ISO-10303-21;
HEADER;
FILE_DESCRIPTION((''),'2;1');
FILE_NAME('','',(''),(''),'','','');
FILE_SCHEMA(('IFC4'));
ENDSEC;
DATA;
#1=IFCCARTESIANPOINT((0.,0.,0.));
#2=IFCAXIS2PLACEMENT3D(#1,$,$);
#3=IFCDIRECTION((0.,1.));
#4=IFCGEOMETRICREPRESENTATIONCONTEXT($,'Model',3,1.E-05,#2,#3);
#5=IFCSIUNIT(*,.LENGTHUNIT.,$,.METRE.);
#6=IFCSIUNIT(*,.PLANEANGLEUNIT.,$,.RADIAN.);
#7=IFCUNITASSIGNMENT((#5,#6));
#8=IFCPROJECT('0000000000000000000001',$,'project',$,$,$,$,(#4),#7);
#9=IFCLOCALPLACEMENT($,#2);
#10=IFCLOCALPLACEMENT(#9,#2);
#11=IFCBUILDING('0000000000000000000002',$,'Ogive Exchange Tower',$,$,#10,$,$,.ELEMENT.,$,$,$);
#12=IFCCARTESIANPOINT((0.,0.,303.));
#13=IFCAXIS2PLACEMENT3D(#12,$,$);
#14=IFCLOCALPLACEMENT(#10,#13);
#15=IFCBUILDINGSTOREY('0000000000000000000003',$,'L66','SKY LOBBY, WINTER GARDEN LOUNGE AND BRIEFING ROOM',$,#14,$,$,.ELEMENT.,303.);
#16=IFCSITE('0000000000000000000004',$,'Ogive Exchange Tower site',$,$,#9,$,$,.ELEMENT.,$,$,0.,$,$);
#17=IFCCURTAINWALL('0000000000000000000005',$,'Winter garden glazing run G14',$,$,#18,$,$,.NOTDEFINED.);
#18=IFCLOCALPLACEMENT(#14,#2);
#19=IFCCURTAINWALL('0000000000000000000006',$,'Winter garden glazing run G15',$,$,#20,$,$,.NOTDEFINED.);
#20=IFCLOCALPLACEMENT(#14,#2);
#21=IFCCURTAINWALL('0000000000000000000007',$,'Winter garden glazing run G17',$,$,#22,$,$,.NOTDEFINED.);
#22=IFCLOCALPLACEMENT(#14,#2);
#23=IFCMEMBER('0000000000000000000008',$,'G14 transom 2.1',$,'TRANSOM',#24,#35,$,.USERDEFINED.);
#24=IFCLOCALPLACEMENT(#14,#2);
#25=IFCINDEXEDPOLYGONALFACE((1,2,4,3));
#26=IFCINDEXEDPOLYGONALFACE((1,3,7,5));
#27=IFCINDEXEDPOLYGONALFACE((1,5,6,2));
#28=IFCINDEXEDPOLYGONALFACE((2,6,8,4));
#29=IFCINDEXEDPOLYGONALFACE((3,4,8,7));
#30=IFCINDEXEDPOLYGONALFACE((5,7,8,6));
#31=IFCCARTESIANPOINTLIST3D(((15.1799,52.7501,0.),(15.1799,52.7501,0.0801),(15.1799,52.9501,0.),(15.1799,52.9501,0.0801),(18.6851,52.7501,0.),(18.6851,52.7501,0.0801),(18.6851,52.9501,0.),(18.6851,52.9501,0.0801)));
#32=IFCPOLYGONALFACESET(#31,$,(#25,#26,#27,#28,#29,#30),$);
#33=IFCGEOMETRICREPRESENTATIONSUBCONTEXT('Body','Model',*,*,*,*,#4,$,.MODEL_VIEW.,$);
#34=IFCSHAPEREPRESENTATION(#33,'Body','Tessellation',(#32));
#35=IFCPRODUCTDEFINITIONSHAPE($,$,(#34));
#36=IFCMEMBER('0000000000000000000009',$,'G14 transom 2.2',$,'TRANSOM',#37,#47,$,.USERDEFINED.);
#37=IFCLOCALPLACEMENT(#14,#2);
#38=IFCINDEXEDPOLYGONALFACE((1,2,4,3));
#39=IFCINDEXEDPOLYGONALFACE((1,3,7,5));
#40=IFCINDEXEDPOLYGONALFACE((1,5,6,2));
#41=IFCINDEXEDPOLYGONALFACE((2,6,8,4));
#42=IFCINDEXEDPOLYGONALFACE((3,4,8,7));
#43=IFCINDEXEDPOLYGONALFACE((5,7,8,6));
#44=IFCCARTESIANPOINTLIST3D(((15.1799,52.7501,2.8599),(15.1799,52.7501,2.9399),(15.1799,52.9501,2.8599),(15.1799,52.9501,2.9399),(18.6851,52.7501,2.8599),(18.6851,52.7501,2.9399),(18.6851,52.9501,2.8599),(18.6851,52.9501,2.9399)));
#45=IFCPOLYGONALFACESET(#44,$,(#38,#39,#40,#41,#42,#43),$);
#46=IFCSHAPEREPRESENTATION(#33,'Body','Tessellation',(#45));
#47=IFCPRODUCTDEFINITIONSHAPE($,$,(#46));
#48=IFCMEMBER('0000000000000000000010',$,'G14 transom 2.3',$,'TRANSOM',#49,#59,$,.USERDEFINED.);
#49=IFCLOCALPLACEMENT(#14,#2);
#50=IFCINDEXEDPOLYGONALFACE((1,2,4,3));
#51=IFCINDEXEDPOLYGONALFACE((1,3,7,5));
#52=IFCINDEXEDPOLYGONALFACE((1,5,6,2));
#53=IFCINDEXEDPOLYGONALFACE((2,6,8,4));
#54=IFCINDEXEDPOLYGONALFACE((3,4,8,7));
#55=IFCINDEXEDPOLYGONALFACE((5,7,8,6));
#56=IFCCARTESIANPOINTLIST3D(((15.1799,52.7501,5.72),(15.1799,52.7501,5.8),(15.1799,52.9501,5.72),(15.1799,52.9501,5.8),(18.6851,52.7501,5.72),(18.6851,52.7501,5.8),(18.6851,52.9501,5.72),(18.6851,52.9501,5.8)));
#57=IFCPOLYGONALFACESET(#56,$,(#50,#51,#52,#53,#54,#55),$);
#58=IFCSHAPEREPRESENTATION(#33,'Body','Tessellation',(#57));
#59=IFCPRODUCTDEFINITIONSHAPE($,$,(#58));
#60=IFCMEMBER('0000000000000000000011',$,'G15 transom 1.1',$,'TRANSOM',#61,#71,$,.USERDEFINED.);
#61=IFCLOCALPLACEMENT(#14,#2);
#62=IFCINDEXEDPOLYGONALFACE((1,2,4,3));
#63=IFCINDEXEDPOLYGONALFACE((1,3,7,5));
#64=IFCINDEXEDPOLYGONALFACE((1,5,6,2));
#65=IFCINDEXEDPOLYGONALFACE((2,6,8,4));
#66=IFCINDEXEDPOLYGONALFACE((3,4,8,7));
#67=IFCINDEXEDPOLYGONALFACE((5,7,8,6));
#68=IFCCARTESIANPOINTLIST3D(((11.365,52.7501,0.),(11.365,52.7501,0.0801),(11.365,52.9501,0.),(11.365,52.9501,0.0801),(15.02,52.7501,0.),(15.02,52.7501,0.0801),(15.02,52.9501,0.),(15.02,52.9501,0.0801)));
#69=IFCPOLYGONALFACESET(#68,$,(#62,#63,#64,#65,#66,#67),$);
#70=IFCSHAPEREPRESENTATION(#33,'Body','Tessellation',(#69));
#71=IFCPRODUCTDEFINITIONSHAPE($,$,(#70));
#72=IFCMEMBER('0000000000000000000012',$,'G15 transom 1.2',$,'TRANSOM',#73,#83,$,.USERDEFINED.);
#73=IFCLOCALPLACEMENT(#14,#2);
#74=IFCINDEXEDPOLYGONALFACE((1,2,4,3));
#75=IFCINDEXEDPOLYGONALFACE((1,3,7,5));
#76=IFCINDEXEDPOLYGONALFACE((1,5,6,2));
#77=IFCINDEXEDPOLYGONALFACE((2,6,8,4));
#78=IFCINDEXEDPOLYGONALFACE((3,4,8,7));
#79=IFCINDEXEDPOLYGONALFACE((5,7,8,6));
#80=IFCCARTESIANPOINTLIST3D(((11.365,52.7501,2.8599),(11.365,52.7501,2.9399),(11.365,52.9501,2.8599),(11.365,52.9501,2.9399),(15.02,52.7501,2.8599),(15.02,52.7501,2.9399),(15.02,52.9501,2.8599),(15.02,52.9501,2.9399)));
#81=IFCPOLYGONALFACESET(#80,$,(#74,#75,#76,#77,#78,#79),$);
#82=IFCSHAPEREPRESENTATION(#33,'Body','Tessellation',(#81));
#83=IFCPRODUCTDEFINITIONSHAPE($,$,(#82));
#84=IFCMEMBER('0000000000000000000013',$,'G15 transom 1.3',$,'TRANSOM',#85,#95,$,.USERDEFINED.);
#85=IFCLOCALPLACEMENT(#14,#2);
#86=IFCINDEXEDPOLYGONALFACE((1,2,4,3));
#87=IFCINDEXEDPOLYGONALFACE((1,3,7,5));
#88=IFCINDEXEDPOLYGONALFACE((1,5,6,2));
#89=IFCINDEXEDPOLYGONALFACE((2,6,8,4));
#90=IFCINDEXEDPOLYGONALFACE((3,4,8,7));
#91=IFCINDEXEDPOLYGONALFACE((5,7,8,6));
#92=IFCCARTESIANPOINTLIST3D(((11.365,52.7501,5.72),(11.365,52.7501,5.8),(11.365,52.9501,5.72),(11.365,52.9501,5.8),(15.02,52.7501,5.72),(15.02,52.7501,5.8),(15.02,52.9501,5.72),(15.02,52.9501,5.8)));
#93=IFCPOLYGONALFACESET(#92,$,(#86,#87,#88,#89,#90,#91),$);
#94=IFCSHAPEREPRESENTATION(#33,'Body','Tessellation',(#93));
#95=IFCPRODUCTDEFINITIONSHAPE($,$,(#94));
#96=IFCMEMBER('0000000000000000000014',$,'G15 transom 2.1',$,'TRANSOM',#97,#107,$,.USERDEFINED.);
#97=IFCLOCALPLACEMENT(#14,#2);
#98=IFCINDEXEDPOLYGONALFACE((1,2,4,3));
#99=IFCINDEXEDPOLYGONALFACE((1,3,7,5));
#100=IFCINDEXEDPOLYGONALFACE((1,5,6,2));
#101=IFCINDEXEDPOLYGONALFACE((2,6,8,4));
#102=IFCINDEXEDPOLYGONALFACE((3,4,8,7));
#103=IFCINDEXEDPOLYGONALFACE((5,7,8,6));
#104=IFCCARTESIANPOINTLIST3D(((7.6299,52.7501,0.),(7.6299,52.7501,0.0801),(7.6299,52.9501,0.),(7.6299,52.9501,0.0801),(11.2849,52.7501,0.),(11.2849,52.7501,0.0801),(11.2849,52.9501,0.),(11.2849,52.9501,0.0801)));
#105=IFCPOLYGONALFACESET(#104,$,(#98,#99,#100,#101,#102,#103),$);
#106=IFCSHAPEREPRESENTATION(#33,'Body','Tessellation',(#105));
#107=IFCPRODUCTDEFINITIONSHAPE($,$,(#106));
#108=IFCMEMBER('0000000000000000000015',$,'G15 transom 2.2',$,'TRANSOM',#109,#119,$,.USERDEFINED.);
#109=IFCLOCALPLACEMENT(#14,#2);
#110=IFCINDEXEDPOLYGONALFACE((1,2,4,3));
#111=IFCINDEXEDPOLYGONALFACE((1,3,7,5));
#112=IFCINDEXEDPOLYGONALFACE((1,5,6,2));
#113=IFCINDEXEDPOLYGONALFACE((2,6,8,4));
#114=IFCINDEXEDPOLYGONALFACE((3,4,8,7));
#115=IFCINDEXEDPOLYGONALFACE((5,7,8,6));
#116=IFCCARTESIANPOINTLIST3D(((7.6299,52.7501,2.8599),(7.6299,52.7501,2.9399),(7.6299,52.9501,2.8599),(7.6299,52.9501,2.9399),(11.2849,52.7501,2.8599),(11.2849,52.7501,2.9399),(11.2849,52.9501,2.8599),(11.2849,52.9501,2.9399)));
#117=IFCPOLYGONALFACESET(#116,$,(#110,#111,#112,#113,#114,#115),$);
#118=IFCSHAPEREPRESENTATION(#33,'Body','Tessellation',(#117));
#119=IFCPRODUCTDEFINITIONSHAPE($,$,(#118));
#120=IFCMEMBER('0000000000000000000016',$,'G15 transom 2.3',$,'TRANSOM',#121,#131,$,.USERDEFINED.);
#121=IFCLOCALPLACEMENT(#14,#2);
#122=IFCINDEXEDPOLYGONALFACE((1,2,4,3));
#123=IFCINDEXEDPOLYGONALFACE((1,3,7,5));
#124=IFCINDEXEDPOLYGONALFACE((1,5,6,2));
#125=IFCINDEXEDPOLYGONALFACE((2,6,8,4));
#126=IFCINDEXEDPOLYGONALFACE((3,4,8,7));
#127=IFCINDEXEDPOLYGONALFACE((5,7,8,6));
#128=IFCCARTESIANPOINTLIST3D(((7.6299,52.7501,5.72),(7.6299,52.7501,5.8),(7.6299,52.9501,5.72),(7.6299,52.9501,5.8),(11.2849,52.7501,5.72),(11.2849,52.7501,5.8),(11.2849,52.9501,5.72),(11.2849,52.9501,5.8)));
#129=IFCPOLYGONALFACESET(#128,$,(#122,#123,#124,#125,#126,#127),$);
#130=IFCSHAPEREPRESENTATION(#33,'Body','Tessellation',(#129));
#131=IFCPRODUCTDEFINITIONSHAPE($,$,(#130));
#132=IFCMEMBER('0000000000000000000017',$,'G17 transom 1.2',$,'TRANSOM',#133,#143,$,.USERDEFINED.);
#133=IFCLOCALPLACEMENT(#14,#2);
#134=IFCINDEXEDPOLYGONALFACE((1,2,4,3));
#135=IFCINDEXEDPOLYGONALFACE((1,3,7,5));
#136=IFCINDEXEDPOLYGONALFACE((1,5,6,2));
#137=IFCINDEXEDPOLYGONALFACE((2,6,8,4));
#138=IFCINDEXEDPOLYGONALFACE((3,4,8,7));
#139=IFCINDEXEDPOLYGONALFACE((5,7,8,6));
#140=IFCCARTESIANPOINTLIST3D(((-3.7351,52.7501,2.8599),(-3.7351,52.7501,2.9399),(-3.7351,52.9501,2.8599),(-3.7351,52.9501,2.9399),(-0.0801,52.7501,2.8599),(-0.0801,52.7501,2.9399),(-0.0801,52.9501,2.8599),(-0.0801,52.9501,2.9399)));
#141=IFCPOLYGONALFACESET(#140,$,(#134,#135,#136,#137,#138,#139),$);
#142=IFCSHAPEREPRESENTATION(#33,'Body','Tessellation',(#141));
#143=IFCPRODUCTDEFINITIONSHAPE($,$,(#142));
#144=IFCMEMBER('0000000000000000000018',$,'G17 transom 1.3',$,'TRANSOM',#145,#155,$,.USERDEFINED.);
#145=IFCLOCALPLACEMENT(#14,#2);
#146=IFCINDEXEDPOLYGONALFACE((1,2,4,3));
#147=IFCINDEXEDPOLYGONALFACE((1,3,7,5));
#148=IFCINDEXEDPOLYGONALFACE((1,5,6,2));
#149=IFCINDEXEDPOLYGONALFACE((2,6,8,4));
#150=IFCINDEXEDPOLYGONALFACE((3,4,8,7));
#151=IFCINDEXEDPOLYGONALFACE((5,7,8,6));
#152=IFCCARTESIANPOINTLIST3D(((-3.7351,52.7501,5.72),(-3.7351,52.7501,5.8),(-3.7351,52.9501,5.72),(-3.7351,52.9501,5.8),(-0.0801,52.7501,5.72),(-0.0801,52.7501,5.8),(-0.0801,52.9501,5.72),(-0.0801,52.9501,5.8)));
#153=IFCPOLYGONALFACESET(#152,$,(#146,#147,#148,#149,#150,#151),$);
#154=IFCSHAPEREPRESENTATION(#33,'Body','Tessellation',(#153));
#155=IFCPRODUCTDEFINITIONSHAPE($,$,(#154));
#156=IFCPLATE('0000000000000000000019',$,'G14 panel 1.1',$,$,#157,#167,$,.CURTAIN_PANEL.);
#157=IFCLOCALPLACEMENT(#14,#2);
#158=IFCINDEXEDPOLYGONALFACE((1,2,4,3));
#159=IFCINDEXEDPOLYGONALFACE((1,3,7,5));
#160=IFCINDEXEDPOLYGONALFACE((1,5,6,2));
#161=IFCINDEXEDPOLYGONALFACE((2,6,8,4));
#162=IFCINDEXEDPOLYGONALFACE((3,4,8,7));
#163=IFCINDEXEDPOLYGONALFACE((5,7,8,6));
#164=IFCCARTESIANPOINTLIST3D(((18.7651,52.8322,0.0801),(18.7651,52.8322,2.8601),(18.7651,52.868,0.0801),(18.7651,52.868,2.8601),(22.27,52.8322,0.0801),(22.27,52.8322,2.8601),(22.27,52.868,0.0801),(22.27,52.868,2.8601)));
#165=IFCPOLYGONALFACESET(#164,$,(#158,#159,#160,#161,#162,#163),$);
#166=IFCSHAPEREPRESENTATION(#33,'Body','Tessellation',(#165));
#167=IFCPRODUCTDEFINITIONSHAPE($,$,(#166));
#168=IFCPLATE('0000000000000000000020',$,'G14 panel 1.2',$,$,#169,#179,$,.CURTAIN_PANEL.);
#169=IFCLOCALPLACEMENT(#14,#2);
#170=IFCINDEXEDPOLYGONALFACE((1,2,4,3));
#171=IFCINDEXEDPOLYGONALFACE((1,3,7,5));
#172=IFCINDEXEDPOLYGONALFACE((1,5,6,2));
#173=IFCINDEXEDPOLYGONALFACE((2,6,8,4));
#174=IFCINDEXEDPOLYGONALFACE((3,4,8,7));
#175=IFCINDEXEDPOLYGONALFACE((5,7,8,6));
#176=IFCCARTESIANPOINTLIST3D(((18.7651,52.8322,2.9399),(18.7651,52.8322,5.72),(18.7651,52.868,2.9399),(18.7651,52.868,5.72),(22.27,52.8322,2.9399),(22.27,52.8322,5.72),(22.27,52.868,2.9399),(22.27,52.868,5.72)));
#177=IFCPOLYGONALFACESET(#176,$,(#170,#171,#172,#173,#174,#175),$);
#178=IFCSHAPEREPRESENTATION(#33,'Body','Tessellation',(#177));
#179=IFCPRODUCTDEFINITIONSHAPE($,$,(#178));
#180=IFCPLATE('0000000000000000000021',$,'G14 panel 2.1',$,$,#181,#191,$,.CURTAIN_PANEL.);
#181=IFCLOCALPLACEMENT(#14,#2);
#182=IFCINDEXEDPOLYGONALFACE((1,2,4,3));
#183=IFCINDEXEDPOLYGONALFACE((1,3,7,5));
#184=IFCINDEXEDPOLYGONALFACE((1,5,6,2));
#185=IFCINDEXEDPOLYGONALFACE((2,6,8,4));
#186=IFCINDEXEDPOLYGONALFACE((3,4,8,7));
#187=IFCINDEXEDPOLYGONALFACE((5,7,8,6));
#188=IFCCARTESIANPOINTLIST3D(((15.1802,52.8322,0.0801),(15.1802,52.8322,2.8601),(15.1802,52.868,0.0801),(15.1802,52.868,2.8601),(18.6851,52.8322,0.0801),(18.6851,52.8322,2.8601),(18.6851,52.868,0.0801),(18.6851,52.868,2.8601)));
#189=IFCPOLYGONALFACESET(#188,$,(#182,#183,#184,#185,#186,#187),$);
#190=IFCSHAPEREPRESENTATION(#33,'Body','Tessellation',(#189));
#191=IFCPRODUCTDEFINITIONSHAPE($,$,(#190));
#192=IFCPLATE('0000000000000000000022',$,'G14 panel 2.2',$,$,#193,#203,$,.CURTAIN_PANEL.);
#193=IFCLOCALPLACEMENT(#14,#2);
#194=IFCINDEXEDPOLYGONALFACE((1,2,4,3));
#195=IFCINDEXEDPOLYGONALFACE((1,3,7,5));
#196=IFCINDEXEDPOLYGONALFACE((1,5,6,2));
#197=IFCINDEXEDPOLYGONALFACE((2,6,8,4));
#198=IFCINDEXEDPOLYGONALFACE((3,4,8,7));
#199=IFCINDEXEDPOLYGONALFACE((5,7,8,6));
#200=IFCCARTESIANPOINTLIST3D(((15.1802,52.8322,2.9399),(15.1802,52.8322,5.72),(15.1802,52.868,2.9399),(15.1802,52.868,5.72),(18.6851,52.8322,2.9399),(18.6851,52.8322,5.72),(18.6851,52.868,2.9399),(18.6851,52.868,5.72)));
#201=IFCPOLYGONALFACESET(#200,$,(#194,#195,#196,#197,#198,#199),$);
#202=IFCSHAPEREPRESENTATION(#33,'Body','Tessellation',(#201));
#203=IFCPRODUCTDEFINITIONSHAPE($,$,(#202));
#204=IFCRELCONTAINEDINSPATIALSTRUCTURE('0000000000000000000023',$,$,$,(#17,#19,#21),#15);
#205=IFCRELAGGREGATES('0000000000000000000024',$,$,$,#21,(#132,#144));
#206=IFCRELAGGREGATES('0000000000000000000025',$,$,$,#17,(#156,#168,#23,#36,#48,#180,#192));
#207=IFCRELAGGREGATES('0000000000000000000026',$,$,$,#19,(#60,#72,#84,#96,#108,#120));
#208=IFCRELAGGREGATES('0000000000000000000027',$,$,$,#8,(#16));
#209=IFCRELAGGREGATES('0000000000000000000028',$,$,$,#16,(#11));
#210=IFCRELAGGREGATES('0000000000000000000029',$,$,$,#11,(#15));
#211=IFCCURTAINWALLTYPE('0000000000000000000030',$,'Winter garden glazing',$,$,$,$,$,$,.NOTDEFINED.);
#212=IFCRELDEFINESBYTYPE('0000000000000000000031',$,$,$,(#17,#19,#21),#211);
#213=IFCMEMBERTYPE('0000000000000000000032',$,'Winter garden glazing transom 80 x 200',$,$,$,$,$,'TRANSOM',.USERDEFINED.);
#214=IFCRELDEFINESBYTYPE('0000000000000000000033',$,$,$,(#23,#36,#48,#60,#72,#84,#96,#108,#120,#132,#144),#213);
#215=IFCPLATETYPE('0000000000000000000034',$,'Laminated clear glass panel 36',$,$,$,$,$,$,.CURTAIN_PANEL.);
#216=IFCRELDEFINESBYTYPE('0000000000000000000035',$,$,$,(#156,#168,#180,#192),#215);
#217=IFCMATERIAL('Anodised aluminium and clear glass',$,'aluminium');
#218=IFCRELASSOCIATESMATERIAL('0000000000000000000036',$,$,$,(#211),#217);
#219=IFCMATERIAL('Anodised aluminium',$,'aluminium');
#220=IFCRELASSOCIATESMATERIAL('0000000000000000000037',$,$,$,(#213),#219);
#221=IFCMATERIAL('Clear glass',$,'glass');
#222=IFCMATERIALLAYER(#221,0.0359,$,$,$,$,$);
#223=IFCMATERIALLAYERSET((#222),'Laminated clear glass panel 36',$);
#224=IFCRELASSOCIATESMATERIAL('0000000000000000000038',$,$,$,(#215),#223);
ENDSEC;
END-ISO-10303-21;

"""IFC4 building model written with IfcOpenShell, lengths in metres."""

from ifc_helpers import new_model, si_unit, direction, frame, origin, origin_2d, place, context, subcontext, project, spatial, rectangle, extrude, material, layer, layer_set, material_profile, profile_set, type_object, element, aggregate, save


model = new_model("IFC4")

# Units and contexts
model_context = context("Model", 3, precision=1e-05, world=origin(), true_north=direction((0.0, 1.0)))
body_context = subcontext(model_context, "Body", "Model", "MODEL_VIEW")
ifc_project = project(units=[si_unit("LENGTHUNIT", "METRE"), si_unit("PLANEANGLEUNIT", "RADIAN")], contexts=[model_context])

# Site, building, storey
site_placement = place(None, origin())
site = spatial("IfcSite", under=ifc_project, at=site_placement, Name="Ogive Exchange Tower site", CompositionType="ELEMENT", RefElevation=0.0)
building_placement = place(site_placement, origin())
building = spatial("IfcBuilding", under=site, at=building_placement, Name="Ogive Exchange Tower", CompositionType="ELEMENT")
storey_placement = place(building_placement, frame((0.0, 0.0, 303.0)))
storey = spatial("IfcBuildingStorey", under=building, at=storey_placement, Name="L66", Description="SKY LOBBY, WINTER GARDEN LOUNGE AND BRIEFING ROOM", CompositionType="ELEMENT", Elevation=303.0)

# Curtain walls
ifc_material_1 = material(Name="Anodised aluminium and clear glass", Category="aluminium")
curtain_wall_type = type_object("IfcCurtainWallType", Name="Winter garden glazing", PredefinedType="NOTDEFINED", material=ifc_material_1)
curtain_wall_1_placement = place(storey_placement, origin())
curtain_wall_1 = element("IfcCurtainWall", 1, at=curtain_wall_1_placement, inside=storey, type_object=curtain_wall_type, Name="Winter garden glazing run G14", PredefinedType="NOTDEFINED")
ifc_material_2 = material(Name="Anodised aluminium", Category="aluminium")
curtain_wall_2_placement = place(storey_placement, origin())
curtain_wall_2 = element("IfcCurtainWall", 2, at=curtain_wall_2_placement, inside=storey, type_object=curtain_wall_type, Name="Winter garden glazing run G15", PredefinedType="NOTDEFINED")

# Curtain wall
curtain_wall_3_placement = place(storey_placement, origin())
curtain_wall_3 = element("IfcCurtainWall", 3, at=curtain_wall_3_placement, inside=storey, type_object=curtain_wall_type, Name="Winter garden glazing run G17", PredefinedType="NOTDEFINED")

# Members
ifc_material_profile_1 = material_profile(ifc_material_2, rectangle(XDim=0.2, YDim=0.0801, at=origin_2d()), Name="AL 80x200")
ifc_profile_set_1 = profile_set([ifc_material_profile_1], Name="Anodised aluminium")
member_type_1 = type_object("IfcMemberType", Name="Winter garden glazing transom 80 x 200", ElementType="TRANSOM", PredefinedType="USERDEFINED", material=ifc_profile_set_1)
member_1_placement = place(storey_placement, frame((18.6851, 52.8501, 0.04), z_axis=(-1.0, 0.0, 0.0), x_axis=(0.0, -1.0, 0.0)))
member_1 = element("IfcMember", 4, at=member_1_placement, type_object=member_type_1, Name="G14 transom 2.1", ObjectType="TRANSOM", PredefinedType="USERDEFINED", context=body_context, shape_type="SweptSolid", body=[
    extrude(rectangle(XDim=0.2, YDim=0.0801, at=origin_2d()), origin(), (0.0, 0.0, 1.0), 3.5051),
])
member_2_placement = place(storey_placement, frame((18.6851, 52.8501, 2.8999), z_axis=(-1.0, 0.0, 0.0), x_axis=(0.0, -1.0, 0.0)))
member_2 = element("IfcMember", 5, at=member_2_placement, type_object=member_type_1, Name="G14 transom 2.2", ObjectType="TRANSOM", PredefinedType="USERDEFINED", context=body_context, shape_type="SweptSolid", body=[
    extrude(rectangle(XDim=0.2, YDim=0.0801, at=origin_2d()), origin(), (0.0, 0.0, 1.0), 3.5051),
])
member_3_placement = place(storey_placement, frame((18.6851, 52.8501, 5.76), z_axis=(-1.0, 0.0, 0.0), x_axis=(0.0, -1.0, 0.0)))
member_3 = element("IfcMember", 6, at=member_3_placement, type_object=member_type_1, Name="G14 transom 2.3", ObjectType="TRANSOM", PredefinedType="USERDEFINED", context=body_context, shape_type="SweptSolid", body=[
    extrude(rectangle(XDim=0.2, YDim=0.0801, at=origin_2d()), origin(), (0.0, 0.0, 1.0), 3.5051),
])
member_4_placement = place(storey_placement, frame((15.02, 52.8501, 0.04), z_axis=(-1.0, 0.0, 0.0), x_axis=(0.0, -1.0, 0.0)))
member_4 = element("IfcMember", 7, at=member_4_placement, type_object=member_type_1, Name="G15 transom 1.1", ObjectType="TRANSOM", PredefinedType="USERDEFINED", context=body_context, shape_type="SweptSolid", body=[
    extrude(rectangle(XDim=0.2, YDim=0.0801, at=origin_2d()), origin(), (0.0, 0.0, 1.0), 3.655),
])
member_5_placement = place(storey_placement, frame((15.02, 52.8501, 2.8999), z_axis=(-1.0, 0.0, 0.0), x_axis=(0.0, -1.0, 0.0)))
member_5 = element("IfcMember", 8, at=member_5_placement, type_object=member_type_1, Name="G15 transom 1.2", ObjectType="TRANSOM", PredefinedType="USERDEFINED", context=body_context, shape_type="SweptSolid", body=[
    extrude(rectangle(XDim=0.2, YDim=0.0801, at=origin_2d()), origin(), (0.0, 0.0, 1.0), 3.655),
])
member_6_placement = place(storey_placement, frame((15.02, 52.8501, 5.76), z_axis=(-1.0, 0.0, 0.0), x_axis=(0.0, -1.0, 0.0)))
member_6 = element("IfcMember", 9, at=member_6_placement, type_object=member_type_1, Name="G15 transom 1.3", ObjectType="TRANSOM", PredefinedType="USERDEFINED", context=body_context, shape_type="SweptSolid", body=[
    extrude(rectangle(XDim=0.2, YDim=0.0801, at=origin_2d()), origin(), (0.0, 0.0, 1.0), 3.655),
])
member_7_placement = place(storey_placement, frame((11.2849, 52.8501, 0.04), z_axis=(-1.0, 0.0, 0.0), x_axis=(0.0, -1.0, 0.0)))
member_7 = element("IfcMember", 10, at=member_7_placement, type_object=member_type_1, Name="G15 transom 2.1", ObjectType="TRANSOM", PredefinedType="USERDEFINED", context=body_context, shape_type="SweptSolid", body=[
    extrude(rectangle(XDim=0.2, YDim=0.0801, at=origin_2d()), origin(), (0.0, 0.0, 1.0), 3.655),
])
member_8_placement = place(storey_placement, frame((11.2849, 52.8501, 2.8999), z_axis=(-1.0, 0.0, 0.0), x_axis=(0.0, -1.0, 0.0)))
member_8 = element("IfcMember", 11, at=member_8_placement, type_object=member_type_1, Name="G15 transom 2.2", ObjectType="TRANSOM", PredefinedType="USERDEFINED", context=body_context, shape_type="SweptSolid", body=[
    extrude(rectangle(XDim=0.2, YDim=0.0801, at=origin_2d()), origin(), (0.0, 0.0, 1.0), 3.655),
])
member_9_placement = place(storey_placement, frame((11.2849, 52.8501, 5.76), z_axis=(-1.0, 0.0, 0.0), x_axis=(0.0, -1.0, 0.0)))
member_9 = element("IfcMember", 12, at=member_9_placement, type_object=member_type_1, Name="G15 transom 2.3", ObjectType="TRANSOM", PredefinedType="USERDEFINED", context=body_context, shape_type="SweptSolid", body=[
    extrude(rectangle(XDim=0.2, YDim=0.0801, at=origin_2d()), origin(), (0.0, 0.0, 1.0), 3.655),
])
member_10_placement = place(storey_placement, frame((-0.0801, 52.8501, 2.8999), z_axis=(-1.0, 0.0, 0.0), x_axis=(0.0, -1.0, 0.0)))
member_10 = element("IfcMember", 13, at=member_10_placement, type_object=member_type_1, Name="G17 transom 1.2", ObjectType="TRANSOM", PredefinedType="USERDEFINED", context=body_context, shape_type="SweptSolid", body=[
    extrude(rectangle(XDim=0.2, YDim=0.0801, at=origin_2d()), origin(), (0.0, 0.0, 1.0), 3.655),
])
member_11_placement = place(storey_placement, frame((-0.0801, 52.8501, 5.76), z_axis=(-1.0, 0.0, 0.0), x_axis=(0.0, -1.0, 0.0)))
member_11 = element("IfcMember", 14, at=member_11_placement, type_object=member_type_1, Name="G17 transom 1.3", ObjectType="TRANSOM", PredefinedType="USERDEFINED", context=body_context, shape_type="SweptSolid", body=[
    extrude(rectangle(XDim=0.2, YDim=0.0801, at=origin_2d()), origin(), (0.0, 0.0, 1.0), 3.655),
])
aggregate(curtain_wall_3, [member_10, member_11])

# Plates
ifc_material_3 = material(Name="Clear glass", Category="glass")
ifc_layer_1 = layer(ifc_material_3, 0.0359)
ifc_layer_set_1 = layer_set([ifc_layer_1], Name="Laminated clear glass panel 36")
plate_type = type_object("IfcPlateType", Name="Laminated clear glass panel 36", PredefinedType="CURTAIN_PANEL", material=ifc_layer_set_1)
plate_1_placement = place(storey_placement, frame((20.5176, 52.8501, 0.0801), z_axis=(0.0, 0.0, 1.0), x_axis=(-1.0, 0.0, 0.0)))
plate_1 = element("IfcPlate", 15, at=plate_1_placement, type_object=plate_type, Name="G14 panel 1.1", PredefinedType="CURTAIN_PANEL", context=body_context, shape_type="SweptSolid", body=[
    extrude(rectangle(XDim=3.5049, YDim=0.0359, at=origin_2d()), origin(), (0.0, 0.0, 1.0), 2.78),
])
plate_2_placement = place(storey_placement, frame((20.5176, 52.8501, 2.9399), z_axis=(0.0, 0.0, 1.0), x_axis=(-1.0, 0.0, 0.0)))
plate_2 = element("IfcPlate", 16, at=plate_2_placement, type_object=plate_type, Name="G14 panel 1.2", PredefinedType="CURTAIN_PANEL", context=body_context, shape_type="SweptSolid", body=[
    extrude(rectangle(XDim=3.5049, YDim=0.0359, at=origin_2d()), origin(), (0.0, 0.0, 1.0), 2.78),
])
plate_3_placement = place(storey_placement, frame((16.9326, 52.8501, 0.0801), z_axis=(0.0, 0.0, 1.0), x_axis=(-1.0, 0.0, 0.0)))
plate_3 = element("IfcPlate", 17, at=plate_3_placement, type_object=plate_type, Name="G14 panel 2.1", PredefinedType="CURTAIN_PANEL", context=body_context, shape_type="SweptSolid", body=[
    extrude(rectangle(XDim=3.5049, YDim=0.0359, at=origin_2d()), origin(), (0.0, 0.0, 1.0), 2.78),
])
plate_4_placement = place(storey_placement, frame((16.9326, 52.8501, 2.9399), z_axis=(0.0, 0.0, 1.0), x_axis=(-1.0, 0.0, 0.0)))
plate_4 = element("IfcPlate", 18, at=plate_4_placement, type_object=plate_type, Name="G14 panel 2.2", PredefinedType="CURTAIN_PANEL", context=body_context, shape_type="SweptSolid", body=[
    extrude(rectangle(XDim=3.5049, YDim=0.0359, at=origin_2d()), origin(), (0.0, 0.0, 1.0), 2.78),
])
aggregate(curtain_wall_1, [plate_1, plate_2, member_1, member_2, member_3, plate_3, plate_4])
aggregate(curtain_wall_2, [member_4, member_5, member_6, member_7, member_8, member_9])

save(model, "model.ifc")
